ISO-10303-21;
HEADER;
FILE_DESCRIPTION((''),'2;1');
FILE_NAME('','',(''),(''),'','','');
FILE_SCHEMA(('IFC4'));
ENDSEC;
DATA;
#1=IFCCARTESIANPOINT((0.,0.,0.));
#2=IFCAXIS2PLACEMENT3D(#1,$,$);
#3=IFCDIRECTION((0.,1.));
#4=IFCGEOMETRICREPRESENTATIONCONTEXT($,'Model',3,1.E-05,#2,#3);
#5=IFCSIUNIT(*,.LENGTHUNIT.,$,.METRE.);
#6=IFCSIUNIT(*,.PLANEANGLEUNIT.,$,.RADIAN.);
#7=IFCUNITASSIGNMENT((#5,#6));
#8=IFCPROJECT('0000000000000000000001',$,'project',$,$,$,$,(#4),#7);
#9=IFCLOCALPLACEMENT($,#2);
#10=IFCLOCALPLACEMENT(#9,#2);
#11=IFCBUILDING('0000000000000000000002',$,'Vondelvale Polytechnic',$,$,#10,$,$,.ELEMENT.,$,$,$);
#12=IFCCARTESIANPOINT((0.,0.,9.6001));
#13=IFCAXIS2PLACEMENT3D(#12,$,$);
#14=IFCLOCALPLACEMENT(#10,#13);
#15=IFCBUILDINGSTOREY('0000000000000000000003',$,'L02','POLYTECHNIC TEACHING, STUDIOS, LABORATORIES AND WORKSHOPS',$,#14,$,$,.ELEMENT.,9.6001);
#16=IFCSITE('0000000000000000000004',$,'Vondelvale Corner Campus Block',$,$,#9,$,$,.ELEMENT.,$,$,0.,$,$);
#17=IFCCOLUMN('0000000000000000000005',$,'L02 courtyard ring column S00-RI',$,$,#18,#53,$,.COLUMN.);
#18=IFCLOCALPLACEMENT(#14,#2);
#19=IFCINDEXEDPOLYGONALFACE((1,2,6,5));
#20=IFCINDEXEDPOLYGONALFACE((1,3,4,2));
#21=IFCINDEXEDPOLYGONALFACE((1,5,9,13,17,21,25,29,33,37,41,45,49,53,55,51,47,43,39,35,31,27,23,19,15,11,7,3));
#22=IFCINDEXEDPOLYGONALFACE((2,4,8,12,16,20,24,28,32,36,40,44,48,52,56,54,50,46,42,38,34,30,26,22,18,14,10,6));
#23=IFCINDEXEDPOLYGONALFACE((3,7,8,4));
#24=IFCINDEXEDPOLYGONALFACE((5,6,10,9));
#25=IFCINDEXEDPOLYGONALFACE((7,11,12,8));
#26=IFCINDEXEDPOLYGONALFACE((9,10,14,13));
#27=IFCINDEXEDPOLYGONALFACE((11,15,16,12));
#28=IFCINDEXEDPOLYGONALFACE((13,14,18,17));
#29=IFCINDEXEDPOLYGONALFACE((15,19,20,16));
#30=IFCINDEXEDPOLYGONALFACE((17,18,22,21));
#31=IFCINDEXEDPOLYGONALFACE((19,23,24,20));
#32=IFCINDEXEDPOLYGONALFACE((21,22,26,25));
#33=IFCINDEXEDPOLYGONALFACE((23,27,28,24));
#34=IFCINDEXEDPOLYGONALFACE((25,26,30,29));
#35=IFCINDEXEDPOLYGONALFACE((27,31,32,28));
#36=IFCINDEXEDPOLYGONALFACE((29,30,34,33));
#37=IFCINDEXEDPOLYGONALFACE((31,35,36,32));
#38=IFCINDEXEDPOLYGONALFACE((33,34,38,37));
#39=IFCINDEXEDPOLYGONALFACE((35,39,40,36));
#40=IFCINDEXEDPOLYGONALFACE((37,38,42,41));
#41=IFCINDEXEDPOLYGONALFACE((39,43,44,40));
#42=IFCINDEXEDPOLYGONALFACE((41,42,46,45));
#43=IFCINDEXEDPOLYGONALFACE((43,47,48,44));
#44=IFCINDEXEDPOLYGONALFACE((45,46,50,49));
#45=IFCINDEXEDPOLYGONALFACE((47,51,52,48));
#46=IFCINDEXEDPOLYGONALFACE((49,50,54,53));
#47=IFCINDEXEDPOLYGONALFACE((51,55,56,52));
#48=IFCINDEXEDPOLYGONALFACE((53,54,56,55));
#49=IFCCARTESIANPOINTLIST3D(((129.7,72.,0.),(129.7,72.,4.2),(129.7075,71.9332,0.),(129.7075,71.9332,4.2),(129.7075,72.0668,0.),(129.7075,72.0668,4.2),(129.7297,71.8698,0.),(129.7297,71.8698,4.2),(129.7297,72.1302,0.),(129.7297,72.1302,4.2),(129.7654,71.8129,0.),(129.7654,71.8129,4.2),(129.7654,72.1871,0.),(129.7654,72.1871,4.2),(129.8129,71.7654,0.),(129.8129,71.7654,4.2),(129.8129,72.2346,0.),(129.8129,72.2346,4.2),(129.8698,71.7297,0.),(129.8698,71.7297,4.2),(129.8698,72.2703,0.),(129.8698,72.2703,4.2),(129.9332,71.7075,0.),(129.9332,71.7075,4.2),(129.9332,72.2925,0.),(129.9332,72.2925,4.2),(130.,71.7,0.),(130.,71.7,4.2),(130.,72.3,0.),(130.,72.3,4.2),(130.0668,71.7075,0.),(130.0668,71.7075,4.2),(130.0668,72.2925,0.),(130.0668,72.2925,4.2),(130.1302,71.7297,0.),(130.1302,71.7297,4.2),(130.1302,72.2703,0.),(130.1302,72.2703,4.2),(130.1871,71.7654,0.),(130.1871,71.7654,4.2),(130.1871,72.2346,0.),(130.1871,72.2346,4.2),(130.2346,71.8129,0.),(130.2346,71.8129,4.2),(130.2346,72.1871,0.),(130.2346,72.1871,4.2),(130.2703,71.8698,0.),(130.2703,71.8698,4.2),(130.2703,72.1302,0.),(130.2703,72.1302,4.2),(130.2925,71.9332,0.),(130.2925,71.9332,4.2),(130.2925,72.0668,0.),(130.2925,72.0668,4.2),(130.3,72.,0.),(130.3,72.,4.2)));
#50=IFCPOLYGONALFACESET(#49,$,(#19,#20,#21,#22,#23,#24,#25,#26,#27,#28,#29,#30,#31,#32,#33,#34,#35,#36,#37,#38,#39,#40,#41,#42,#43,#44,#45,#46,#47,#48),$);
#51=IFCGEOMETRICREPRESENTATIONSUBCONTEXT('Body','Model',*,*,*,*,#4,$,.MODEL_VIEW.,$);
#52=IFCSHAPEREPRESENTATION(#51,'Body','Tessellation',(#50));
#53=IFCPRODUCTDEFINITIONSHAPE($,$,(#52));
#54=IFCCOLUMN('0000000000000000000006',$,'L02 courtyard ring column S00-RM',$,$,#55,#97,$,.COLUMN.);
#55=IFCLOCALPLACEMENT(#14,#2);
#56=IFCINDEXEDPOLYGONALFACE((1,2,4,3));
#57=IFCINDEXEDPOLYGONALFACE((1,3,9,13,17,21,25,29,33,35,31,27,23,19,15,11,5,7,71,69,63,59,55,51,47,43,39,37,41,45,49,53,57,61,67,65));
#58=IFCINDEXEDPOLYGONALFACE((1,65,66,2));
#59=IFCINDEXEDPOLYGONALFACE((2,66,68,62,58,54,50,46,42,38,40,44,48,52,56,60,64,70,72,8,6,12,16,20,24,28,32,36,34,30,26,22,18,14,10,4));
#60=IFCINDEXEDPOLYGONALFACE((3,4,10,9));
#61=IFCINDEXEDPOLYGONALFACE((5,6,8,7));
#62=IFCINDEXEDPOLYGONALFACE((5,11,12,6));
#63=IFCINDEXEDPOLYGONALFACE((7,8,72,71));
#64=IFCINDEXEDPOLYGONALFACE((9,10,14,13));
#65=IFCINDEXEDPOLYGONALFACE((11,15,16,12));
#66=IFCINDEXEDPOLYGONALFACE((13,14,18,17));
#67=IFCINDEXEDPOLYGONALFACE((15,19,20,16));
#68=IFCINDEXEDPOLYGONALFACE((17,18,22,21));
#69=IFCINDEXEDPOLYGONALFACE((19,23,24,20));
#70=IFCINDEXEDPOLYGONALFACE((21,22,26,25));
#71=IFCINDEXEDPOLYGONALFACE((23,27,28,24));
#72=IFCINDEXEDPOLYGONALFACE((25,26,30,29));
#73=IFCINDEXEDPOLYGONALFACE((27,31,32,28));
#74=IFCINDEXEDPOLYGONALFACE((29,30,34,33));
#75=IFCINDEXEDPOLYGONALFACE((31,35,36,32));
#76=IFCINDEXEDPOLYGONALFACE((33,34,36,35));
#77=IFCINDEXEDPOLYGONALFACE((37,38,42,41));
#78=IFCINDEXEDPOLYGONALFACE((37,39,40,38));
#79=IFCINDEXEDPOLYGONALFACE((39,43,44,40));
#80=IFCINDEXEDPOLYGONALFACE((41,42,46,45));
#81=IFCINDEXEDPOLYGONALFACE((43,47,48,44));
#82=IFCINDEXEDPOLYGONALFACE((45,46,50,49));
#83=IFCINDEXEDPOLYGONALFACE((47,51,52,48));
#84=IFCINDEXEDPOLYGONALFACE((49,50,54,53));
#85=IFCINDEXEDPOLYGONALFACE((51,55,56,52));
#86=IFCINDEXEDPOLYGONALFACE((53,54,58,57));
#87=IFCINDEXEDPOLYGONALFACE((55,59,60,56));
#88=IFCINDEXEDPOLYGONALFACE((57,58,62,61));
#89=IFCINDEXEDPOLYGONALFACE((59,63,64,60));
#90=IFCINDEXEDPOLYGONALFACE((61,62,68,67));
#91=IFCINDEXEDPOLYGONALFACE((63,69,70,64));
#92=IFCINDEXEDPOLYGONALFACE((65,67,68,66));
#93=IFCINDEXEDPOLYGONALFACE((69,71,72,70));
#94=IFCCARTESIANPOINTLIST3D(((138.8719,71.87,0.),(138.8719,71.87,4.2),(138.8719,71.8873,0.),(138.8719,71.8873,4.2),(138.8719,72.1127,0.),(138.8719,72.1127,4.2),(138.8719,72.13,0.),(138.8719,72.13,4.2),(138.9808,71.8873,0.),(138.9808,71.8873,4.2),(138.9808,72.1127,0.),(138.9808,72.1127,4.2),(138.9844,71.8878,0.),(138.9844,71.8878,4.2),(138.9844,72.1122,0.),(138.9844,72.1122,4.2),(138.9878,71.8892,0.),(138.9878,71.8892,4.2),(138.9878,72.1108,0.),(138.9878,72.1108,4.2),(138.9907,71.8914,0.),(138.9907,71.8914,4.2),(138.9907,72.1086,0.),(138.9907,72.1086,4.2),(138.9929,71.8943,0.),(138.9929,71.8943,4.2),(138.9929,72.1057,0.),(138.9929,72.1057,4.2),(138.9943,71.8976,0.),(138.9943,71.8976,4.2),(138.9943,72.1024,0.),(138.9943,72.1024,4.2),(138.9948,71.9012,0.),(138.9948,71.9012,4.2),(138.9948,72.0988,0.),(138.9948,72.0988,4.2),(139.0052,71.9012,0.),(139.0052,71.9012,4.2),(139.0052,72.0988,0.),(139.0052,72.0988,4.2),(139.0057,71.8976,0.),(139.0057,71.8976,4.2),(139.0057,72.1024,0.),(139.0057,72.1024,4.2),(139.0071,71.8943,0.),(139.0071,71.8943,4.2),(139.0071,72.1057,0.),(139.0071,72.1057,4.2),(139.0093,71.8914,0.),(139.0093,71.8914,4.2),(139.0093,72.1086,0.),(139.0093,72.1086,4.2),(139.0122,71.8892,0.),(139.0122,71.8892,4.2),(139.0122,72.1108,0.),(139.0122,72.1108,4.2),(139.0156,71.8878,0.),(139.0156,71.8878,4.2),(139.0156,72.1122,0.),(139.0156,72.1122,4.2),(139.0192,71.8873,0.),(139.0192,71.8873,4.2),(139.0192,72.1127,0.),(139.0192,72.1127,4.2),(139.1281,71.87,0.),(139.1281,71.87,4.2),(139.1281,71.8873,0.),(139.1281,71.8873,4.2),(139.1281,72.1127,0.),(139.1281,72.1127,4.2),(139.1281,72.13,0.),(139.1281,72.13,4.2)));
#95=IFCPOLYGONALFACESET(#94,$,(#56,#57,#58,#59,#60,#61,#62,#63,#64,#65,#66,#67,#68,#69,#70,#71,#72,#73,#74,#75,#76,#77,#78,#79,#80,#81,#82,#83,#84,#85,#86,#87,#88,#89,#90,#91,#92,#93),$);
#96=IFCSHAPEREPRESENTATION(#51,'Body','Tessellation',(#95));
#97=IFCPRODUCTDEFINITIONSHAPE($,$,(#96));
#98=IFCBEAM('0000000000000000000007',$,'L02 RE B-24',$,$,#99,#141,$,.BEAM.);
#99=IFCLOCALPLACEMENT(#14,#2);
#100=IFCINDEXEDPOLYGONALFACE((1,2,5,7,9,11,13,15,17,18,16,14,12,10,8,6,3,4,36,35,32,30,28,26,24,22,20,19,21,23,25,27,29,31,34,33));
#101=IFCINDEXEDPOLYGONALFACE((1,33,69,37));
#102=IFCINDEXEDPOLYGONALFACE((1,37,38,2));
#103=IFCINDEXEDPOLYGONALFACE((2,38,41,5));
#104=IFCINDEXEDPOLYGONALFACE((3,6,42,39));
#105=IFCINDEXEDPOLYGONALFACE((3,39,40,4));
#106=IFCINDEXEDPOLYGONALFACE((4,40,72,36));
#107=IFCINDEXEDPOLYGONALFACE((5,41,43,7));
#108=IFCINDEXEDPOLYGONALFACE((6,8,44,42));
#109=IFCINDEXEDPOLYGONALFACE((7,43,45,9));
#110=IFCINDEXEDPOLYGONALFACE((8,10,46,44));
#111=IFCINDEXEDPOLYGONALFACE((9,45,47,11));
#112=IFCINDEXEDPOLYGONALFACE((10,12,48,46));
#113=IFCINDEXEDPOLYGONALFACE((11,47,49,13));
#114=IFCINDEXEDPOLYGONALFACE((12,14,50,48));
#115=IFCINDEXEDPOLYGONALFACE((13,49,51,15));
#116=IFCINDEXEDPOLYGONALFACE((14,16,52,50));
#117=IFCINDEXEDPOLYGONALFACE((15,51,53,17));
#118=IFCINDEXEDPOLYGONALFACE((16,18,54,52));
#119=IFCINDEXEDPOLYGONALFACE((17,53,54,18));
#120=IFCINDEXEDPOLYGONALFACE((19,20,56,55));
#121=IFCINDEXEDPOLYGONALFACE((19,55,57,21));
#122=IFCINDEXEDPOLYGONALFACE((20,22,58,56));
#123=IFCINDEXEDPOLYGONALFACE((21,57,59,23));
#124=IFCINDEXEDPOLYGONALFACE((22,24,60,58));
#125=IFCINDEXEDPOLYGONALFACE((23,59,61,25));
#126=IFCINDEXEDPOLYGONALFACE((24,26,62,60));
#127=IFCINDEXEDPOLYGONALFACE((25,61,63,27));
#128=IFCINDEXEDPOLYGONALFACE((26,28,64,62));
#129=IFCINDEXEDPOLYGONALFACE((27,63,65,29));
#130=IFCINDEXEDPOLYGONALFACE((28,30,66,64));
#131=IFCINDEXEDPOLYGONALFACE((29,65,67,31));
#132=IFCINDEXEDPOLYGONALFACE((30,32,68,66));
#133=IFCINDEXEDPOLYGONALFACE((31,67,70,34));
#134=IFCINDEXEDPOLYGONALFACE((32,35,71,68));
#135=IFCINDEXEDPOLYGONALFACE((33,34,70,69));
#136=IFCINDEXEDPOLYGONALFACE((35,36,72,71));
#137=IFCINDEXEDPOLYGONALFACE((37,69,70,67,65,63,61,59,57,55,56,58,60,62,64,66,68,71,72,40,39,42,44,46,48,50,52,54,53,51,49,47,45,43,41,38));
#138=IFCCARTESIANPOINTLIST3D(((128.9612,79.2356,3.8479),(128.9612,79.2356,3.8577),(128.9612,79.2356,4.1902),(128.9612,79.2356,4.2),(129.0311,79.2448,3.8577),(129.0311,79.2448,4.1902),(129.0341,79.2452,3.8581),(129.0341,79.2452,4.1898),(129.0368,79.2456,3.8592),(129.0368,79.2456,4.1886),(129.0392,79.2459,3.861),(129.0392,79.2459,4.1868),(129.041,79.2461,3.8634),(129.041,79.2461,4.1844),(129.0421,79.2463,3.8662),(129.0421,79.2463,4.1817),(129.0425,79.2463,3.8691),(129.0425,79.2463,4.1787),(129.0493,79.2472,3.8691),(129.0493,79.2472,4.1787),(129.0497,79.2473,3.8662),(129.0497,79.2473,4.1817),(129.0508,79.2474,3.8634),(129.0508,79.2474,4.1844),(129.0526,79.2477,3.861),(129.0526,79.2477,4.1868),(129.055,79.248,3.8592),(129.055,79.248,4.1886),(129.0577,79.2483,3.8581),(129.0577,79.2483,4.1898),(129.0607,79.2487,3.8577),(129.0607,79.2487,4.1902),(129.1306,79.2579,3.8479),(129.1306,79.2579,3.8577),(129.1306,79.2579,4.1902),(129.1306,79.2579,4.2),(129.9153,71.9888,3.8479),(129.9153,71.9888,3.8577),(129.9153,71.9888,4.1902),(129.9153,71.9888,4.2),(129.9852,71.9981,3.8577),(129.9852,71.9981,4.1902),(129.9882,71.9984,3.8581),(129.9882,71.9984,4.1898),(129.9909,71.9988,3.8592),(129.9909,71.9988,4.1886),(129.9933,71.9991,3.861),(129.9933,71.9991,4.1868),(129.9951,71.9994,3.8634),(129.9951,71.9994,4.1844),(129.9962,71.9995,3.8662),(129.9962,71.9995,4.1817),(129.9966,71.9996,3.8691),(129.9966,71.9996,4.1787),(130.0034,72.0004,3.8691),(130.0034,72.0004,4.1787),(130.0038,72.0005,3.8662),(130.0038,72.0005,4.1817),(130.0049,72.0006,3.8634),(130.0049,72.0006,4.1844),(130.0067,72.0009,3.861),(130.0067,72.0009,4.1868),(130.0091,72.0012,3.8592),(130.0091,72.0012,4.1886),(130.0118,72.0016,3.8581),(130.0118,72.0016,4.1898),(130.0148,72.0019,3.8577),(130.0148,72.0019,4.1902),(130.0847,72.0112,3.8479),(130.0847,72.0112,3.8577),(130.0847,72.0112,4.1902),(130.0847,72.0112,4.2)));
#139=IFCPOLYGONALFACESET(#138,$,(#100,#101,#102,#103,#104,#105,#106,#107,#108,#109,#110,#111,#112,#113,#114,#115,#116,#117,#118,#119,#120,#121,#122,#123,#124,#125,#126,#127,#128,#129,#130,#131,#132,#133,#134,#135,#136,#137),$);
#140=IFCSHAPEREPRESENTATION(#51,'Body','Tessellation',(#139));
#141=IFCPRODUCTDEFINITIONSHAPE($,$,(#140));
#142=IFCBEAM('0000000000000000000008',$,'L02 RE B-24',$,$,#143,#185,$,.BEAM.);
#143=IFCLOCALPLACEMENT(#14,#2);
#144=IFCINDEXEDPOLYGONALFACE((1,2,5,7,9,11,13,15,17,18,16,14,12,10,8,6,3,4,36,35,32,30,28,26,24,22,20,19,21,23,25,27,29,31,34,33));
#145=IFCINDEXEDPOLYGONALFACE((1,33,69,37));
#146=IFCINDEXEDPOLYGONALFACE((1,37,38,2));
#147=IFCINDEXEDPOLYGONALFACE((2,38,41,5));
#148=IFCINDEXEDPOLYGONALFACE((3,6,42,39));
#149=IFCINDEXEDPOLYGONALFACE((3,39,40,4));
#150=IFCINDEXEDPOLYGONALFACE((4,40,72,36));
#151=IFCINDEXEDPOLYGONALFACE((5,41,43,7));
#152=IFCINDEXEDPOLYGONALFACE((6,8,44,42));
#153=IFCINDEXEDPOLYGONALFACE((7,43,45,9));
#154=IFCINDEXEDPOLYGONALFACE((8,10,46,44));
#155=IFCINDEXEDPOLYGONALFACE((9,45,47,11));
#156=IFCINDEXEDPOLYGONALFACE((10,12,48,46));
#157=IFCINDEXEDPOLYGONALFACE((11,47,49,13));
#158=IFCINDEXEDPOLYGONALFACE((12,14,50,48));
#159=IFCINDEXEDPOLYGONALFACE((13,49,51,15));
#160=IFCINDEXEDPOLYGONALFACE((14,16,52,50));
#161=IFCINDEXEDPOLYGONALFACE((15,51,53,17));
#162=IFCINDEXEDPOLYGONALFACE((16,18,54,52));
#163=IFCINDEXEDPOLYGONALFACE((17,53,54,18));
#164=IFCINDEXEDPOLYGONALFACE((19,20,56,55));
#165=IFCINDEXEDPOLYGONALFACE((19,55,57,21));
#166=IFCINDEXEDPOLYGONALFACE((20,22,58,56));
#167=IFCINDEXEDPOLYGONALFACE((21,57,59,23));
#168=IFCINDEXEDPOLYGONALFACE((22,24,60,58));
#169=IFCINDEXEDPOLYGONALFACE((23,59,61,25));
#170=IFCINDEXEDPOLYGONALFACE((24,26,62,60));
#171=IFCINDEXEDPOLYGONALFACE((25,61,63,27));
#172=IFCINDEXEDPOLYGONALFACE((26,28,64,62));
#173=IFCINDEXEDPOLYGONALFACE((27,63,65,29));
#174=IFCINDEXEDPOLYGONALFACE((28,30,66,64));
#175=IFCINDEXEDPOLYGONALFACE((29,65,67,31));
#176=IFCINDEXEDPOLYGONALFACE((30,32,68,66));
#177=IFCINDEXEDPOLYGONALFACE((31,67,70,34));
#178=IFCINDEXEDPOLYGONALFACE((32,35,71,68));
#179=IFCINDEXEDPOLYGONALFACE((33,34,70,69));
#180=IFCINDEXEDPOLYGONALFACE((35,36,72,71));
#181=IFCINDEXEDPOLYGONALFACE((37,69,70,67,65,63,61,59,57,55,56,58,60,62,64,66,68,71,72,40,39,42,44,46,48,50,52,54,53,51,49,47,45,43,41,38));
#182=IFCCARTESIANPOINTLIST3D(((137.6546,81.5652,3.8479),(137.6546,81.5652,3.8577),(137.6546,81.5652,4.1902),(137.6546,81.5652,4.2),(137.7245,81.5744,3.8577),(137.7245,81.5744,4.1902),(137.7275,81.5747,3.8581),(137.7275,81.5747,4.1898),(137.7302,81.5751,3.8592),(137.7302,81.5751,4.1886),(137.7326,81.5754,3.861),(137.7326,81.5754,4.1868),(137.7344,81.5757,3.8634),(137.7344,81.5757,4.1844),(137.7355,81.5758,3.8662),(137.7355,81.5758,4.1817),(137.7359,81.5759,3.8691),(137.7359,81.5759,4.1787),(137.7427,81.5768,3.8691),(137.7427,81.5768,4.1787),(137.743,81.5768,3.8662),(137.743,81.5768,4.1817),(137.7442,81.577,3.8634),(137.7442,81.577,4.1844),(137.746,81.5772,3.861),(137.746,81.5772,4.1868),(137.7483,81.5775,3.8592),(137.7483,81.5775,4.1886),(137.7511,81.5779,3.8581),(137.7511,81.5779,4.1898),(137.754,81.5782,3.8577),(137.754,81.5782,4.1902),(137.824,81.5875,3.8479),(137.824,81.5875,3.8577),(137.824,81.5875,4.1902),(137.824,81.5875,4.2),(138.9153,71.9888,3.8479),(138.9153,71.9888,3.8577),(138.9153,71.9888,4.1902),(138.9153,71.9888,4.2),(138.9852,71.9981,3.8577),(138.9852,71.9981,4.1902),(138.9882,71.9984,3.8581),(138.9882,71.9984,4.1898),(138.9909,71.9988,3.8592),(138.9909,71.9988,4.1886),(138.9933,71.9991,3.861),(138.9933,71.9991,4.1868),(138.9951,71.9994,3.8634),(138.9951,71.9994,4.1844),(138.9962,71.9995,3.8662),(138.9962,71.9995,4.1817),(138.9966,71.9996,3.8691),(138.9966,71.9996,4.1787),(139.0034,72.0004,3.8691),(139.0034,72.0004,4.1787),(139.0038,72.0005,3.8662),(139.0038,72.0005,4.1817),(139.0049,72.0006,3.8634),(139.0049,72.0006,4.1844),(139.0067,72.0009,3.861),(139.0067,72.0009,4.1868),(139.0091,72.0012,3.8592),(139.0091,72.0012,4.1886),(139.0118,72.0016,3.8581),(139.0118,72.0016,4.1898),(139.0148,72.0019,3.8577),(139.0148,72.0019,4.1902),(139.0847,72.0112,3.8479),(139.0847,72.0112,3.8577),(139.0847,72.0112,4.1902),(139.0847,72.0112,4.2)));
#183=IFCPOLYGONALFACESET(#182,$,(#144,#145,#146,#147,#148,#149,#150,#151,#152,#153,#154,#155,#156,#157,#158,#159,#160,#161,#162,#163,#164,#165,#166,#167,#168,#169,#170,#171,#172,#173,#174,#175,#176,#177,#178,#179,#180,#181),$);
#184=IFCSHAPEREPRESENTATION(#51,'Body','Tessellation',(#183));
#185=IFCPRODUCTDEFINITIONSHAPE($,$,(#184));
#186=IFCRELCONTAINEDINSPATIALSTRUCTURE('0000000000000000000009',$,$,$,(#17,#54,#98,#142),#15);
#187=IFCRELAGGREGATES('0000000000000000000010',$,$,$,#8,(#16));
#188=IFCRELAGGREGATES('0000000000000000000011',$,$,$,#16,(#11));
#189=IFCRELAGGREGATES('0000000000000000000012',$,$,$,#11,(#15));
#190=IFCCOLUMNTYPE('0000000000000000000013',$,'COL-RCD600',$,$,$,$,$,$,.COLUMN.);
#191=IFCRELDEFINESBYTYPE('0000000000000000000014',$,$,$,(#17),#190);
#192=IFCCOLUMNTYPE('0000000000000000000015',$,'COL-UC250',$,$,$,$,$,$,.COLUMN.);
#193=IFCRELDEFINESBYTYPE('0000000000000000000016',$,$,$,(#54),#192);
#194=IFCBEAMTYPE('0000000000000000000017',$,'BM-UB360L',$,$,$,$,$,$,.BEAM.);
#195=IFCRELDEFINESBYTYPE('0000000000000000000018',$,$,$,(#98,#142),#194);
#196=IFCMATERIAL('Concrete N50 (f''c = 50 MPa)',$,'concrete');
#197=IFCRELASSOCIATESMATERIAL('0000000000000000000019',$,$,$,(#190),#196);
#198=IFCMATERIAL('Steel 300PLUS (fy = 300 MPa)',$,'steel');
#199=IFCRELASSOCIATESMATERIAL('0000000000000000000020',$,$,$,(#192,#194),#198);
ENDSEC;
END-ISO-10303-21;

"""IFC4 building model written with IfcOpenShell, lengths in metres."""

from ifc_helpers import new_model, si_unit, direction, frame, origin, origin_2d, place, context, subcontext, project, spatial, circle, i_section, extrude, material, material_profile, profile_set, type_object, element, save


model = new_model("IFC4")

# Units and contexts
model_context = context("Model", 3, precision=1e-05, world=origin(), true_north=direction((0.0, 1.0)))
body_context = subcontext(model_context, "Body", "Model", "MODEL_VIEW")
ifc_project = project(units=[si_unit("LENGTHUNIT", "METRE"), si_unit("PLANEANGLEUNIT", "RADIAN")], contexts=[model_context])

# Site, building, storey
site_placement = place(None, origin())
site = spatial("IfcSite", under=ifc_project, at=site_placement, Name="Vondelvale Corner Campus Block", CompositionType="ELEMENT", RefElevation=0.0)
building_placement = place(site_placement, origin())
building = spatial("IfcBuilding", under=site, at=building_placement, Name="Vondelvale Polytechnic", CompositionType="ELEMENT")
storey_placement = place(building_placement, frame((0.0, 0.0, 9.6001)))
storey = spatial("IfcBuildingStorey", under=building, at=storey_placement, Name="L02", Description="POLYTECHNIC TEACHING, STUDIOS, LABORATORIES AND WORKSHOPS", CompositionType="ELEMENT", Elevation=9.6001)

# Columns
ifc_material_1 = material(Name="Concrete N50 (f'c = 50 MPa)", Category="concrete")
ifc_material_profile_1 = material_profile(ifc_material_1, circle(Radius=0.3, at=origin_2d()), Name="RC-COL-D600")
ifc_profile_set_1 = profile_set([ifc_material_profile_1], Name="Concrete N50 (f'c = 50 MPa)")
column_type_1 = type_object("IfcColumnType", Name="COL-RCD600", PredefinedType="COLUMN", material=ifc_profile_set_1)
column_1_placement = place(storey_placement, frame((130.0, 72.0, 0.0), z_axis=(0.0, 0.0, 1.0), x_axis=(1.0, 0.0, 0.0)))
element("IfcColumn", 1, at=column_1_placement, inside=storey, type_object=column_type_1, Name="L02 courtyard ring column S00-RI", PredefinedType="COLUMN", context=body_context, shape_type="SweptSolid", body=[
    extrude(circle(Radius=0.3, at=origin_2d()), origin(), (0.0, 0.0, 1.0), 4.2),
])
ifc_material_2 = material(Name="Steel 300PLUS (fy = 300 MPa)", Category="steel")
ifc_material_profile_2 = material_profile(ifc_material_2, i_section(OverallWidth=0.2561, OverallDepth=0.26, WebThickness=0.0105, FlangeThickness=0.0173, FilletRadius=0.0139, at=origin_2d()), Name="250UC89.5")
ifc_profile_set_2 = profile_set([ifc_material_profile_2], Name="Steel 300PLUS (fy = 300 MPa)")
column_type_2 = type_object("IfcColumnType", Name="COL-UC250", PredefinedType="COLUMN", material=ifc_profile_set_2)
column_2_placement = place(storey_placement, frame((139.0, 72.0, 0.0), z_axis=(0.0, 0.0, 1.0), x_axis=(1.0, 0.0, 0.0)))
element("IfcColumn", 2, at=column_2_placement, inside=storey, type_object=column_type_2, Name="L02 courtyard ring column S00-RM", PredefinedType="COLUMN", context=body_context, shape_type="SweptSolid", body=[
    extrude(i_section(OverallWidth=0.2561, OverallDepth=0.26, WebThickness=0.0105, FlangeThickness=0.0173, FilletRadius=0.0139, at=origin_2d()), origin(), (0.0, 0.0, 1.0), 4.2),
])

# Beams
ifc_material_profile_3 = material_profile(ifc_material_2, i_section(OverallWidth=0.1709, OverallDepth=0.3521, WebThickness=0.0068, FlangeThickness=0.0098, FilletRadius=0.0115, at=origin_2d()), Name="360UB44.7")
ifc_profile_set_3 = profile_set([ifc_material_profile_3], Name="Steel 300PLUS (fy = 300 MPa)")
beam_type_1 = type_object("IfcBeamType", Name="BM-UB360L", PredefinedType="BEAM", material=ifc_profile_set_3)
beam_1_placement = place(storey_placement, frame((130.0, 72.0, 4.0239), z_axis=(-0.130531, 0.991444, 0.0), x_axis=(-0.991444, -0.130531, 0.0)))
element("IfcBeam", 3, at=beam_1_placement, inside=storey, type_object=beam_type_1, Name="L02 RE B-24", PredefinedType="BEAM", context=body_context, shape_type="SweptSolid", body=[
    extrude(i_section(OverallWidth=0.1709, OverallDepth=0.3521, WebThickness=0.0068, FlangeThickness=0.0098, FilletRadius=0.0115, at=origin_2d()), origin(), (0.0, 0.0, 1.0), 7.3093),
])
beam_2_placement = place(storey_placement, frame((139.0, 72.0, 4.0239), z_axis=(-0.130524, 0.991445, 0.0), x_axis=(-0.991445, -0.130524, 0.0)))
element("IfcBeam", 4, at=beam_2_placement, inside=storey, type_object=beam_type_1, Name="L02 RE B-24", PredefinedType="BEAM", context=body_context, shape_type="SweptSolid", body=[
    extrude(i_section(OverallWidth=0.1709, OverallDepth=0.3521, WebThickness=0.0068, FlangeThickness=0.0098, FilletRadius=0.0115, at=origin_2d()), origin(), (0.0, 0.0, 1.0), 9.6589),
])

save(model, "model.ifc")
